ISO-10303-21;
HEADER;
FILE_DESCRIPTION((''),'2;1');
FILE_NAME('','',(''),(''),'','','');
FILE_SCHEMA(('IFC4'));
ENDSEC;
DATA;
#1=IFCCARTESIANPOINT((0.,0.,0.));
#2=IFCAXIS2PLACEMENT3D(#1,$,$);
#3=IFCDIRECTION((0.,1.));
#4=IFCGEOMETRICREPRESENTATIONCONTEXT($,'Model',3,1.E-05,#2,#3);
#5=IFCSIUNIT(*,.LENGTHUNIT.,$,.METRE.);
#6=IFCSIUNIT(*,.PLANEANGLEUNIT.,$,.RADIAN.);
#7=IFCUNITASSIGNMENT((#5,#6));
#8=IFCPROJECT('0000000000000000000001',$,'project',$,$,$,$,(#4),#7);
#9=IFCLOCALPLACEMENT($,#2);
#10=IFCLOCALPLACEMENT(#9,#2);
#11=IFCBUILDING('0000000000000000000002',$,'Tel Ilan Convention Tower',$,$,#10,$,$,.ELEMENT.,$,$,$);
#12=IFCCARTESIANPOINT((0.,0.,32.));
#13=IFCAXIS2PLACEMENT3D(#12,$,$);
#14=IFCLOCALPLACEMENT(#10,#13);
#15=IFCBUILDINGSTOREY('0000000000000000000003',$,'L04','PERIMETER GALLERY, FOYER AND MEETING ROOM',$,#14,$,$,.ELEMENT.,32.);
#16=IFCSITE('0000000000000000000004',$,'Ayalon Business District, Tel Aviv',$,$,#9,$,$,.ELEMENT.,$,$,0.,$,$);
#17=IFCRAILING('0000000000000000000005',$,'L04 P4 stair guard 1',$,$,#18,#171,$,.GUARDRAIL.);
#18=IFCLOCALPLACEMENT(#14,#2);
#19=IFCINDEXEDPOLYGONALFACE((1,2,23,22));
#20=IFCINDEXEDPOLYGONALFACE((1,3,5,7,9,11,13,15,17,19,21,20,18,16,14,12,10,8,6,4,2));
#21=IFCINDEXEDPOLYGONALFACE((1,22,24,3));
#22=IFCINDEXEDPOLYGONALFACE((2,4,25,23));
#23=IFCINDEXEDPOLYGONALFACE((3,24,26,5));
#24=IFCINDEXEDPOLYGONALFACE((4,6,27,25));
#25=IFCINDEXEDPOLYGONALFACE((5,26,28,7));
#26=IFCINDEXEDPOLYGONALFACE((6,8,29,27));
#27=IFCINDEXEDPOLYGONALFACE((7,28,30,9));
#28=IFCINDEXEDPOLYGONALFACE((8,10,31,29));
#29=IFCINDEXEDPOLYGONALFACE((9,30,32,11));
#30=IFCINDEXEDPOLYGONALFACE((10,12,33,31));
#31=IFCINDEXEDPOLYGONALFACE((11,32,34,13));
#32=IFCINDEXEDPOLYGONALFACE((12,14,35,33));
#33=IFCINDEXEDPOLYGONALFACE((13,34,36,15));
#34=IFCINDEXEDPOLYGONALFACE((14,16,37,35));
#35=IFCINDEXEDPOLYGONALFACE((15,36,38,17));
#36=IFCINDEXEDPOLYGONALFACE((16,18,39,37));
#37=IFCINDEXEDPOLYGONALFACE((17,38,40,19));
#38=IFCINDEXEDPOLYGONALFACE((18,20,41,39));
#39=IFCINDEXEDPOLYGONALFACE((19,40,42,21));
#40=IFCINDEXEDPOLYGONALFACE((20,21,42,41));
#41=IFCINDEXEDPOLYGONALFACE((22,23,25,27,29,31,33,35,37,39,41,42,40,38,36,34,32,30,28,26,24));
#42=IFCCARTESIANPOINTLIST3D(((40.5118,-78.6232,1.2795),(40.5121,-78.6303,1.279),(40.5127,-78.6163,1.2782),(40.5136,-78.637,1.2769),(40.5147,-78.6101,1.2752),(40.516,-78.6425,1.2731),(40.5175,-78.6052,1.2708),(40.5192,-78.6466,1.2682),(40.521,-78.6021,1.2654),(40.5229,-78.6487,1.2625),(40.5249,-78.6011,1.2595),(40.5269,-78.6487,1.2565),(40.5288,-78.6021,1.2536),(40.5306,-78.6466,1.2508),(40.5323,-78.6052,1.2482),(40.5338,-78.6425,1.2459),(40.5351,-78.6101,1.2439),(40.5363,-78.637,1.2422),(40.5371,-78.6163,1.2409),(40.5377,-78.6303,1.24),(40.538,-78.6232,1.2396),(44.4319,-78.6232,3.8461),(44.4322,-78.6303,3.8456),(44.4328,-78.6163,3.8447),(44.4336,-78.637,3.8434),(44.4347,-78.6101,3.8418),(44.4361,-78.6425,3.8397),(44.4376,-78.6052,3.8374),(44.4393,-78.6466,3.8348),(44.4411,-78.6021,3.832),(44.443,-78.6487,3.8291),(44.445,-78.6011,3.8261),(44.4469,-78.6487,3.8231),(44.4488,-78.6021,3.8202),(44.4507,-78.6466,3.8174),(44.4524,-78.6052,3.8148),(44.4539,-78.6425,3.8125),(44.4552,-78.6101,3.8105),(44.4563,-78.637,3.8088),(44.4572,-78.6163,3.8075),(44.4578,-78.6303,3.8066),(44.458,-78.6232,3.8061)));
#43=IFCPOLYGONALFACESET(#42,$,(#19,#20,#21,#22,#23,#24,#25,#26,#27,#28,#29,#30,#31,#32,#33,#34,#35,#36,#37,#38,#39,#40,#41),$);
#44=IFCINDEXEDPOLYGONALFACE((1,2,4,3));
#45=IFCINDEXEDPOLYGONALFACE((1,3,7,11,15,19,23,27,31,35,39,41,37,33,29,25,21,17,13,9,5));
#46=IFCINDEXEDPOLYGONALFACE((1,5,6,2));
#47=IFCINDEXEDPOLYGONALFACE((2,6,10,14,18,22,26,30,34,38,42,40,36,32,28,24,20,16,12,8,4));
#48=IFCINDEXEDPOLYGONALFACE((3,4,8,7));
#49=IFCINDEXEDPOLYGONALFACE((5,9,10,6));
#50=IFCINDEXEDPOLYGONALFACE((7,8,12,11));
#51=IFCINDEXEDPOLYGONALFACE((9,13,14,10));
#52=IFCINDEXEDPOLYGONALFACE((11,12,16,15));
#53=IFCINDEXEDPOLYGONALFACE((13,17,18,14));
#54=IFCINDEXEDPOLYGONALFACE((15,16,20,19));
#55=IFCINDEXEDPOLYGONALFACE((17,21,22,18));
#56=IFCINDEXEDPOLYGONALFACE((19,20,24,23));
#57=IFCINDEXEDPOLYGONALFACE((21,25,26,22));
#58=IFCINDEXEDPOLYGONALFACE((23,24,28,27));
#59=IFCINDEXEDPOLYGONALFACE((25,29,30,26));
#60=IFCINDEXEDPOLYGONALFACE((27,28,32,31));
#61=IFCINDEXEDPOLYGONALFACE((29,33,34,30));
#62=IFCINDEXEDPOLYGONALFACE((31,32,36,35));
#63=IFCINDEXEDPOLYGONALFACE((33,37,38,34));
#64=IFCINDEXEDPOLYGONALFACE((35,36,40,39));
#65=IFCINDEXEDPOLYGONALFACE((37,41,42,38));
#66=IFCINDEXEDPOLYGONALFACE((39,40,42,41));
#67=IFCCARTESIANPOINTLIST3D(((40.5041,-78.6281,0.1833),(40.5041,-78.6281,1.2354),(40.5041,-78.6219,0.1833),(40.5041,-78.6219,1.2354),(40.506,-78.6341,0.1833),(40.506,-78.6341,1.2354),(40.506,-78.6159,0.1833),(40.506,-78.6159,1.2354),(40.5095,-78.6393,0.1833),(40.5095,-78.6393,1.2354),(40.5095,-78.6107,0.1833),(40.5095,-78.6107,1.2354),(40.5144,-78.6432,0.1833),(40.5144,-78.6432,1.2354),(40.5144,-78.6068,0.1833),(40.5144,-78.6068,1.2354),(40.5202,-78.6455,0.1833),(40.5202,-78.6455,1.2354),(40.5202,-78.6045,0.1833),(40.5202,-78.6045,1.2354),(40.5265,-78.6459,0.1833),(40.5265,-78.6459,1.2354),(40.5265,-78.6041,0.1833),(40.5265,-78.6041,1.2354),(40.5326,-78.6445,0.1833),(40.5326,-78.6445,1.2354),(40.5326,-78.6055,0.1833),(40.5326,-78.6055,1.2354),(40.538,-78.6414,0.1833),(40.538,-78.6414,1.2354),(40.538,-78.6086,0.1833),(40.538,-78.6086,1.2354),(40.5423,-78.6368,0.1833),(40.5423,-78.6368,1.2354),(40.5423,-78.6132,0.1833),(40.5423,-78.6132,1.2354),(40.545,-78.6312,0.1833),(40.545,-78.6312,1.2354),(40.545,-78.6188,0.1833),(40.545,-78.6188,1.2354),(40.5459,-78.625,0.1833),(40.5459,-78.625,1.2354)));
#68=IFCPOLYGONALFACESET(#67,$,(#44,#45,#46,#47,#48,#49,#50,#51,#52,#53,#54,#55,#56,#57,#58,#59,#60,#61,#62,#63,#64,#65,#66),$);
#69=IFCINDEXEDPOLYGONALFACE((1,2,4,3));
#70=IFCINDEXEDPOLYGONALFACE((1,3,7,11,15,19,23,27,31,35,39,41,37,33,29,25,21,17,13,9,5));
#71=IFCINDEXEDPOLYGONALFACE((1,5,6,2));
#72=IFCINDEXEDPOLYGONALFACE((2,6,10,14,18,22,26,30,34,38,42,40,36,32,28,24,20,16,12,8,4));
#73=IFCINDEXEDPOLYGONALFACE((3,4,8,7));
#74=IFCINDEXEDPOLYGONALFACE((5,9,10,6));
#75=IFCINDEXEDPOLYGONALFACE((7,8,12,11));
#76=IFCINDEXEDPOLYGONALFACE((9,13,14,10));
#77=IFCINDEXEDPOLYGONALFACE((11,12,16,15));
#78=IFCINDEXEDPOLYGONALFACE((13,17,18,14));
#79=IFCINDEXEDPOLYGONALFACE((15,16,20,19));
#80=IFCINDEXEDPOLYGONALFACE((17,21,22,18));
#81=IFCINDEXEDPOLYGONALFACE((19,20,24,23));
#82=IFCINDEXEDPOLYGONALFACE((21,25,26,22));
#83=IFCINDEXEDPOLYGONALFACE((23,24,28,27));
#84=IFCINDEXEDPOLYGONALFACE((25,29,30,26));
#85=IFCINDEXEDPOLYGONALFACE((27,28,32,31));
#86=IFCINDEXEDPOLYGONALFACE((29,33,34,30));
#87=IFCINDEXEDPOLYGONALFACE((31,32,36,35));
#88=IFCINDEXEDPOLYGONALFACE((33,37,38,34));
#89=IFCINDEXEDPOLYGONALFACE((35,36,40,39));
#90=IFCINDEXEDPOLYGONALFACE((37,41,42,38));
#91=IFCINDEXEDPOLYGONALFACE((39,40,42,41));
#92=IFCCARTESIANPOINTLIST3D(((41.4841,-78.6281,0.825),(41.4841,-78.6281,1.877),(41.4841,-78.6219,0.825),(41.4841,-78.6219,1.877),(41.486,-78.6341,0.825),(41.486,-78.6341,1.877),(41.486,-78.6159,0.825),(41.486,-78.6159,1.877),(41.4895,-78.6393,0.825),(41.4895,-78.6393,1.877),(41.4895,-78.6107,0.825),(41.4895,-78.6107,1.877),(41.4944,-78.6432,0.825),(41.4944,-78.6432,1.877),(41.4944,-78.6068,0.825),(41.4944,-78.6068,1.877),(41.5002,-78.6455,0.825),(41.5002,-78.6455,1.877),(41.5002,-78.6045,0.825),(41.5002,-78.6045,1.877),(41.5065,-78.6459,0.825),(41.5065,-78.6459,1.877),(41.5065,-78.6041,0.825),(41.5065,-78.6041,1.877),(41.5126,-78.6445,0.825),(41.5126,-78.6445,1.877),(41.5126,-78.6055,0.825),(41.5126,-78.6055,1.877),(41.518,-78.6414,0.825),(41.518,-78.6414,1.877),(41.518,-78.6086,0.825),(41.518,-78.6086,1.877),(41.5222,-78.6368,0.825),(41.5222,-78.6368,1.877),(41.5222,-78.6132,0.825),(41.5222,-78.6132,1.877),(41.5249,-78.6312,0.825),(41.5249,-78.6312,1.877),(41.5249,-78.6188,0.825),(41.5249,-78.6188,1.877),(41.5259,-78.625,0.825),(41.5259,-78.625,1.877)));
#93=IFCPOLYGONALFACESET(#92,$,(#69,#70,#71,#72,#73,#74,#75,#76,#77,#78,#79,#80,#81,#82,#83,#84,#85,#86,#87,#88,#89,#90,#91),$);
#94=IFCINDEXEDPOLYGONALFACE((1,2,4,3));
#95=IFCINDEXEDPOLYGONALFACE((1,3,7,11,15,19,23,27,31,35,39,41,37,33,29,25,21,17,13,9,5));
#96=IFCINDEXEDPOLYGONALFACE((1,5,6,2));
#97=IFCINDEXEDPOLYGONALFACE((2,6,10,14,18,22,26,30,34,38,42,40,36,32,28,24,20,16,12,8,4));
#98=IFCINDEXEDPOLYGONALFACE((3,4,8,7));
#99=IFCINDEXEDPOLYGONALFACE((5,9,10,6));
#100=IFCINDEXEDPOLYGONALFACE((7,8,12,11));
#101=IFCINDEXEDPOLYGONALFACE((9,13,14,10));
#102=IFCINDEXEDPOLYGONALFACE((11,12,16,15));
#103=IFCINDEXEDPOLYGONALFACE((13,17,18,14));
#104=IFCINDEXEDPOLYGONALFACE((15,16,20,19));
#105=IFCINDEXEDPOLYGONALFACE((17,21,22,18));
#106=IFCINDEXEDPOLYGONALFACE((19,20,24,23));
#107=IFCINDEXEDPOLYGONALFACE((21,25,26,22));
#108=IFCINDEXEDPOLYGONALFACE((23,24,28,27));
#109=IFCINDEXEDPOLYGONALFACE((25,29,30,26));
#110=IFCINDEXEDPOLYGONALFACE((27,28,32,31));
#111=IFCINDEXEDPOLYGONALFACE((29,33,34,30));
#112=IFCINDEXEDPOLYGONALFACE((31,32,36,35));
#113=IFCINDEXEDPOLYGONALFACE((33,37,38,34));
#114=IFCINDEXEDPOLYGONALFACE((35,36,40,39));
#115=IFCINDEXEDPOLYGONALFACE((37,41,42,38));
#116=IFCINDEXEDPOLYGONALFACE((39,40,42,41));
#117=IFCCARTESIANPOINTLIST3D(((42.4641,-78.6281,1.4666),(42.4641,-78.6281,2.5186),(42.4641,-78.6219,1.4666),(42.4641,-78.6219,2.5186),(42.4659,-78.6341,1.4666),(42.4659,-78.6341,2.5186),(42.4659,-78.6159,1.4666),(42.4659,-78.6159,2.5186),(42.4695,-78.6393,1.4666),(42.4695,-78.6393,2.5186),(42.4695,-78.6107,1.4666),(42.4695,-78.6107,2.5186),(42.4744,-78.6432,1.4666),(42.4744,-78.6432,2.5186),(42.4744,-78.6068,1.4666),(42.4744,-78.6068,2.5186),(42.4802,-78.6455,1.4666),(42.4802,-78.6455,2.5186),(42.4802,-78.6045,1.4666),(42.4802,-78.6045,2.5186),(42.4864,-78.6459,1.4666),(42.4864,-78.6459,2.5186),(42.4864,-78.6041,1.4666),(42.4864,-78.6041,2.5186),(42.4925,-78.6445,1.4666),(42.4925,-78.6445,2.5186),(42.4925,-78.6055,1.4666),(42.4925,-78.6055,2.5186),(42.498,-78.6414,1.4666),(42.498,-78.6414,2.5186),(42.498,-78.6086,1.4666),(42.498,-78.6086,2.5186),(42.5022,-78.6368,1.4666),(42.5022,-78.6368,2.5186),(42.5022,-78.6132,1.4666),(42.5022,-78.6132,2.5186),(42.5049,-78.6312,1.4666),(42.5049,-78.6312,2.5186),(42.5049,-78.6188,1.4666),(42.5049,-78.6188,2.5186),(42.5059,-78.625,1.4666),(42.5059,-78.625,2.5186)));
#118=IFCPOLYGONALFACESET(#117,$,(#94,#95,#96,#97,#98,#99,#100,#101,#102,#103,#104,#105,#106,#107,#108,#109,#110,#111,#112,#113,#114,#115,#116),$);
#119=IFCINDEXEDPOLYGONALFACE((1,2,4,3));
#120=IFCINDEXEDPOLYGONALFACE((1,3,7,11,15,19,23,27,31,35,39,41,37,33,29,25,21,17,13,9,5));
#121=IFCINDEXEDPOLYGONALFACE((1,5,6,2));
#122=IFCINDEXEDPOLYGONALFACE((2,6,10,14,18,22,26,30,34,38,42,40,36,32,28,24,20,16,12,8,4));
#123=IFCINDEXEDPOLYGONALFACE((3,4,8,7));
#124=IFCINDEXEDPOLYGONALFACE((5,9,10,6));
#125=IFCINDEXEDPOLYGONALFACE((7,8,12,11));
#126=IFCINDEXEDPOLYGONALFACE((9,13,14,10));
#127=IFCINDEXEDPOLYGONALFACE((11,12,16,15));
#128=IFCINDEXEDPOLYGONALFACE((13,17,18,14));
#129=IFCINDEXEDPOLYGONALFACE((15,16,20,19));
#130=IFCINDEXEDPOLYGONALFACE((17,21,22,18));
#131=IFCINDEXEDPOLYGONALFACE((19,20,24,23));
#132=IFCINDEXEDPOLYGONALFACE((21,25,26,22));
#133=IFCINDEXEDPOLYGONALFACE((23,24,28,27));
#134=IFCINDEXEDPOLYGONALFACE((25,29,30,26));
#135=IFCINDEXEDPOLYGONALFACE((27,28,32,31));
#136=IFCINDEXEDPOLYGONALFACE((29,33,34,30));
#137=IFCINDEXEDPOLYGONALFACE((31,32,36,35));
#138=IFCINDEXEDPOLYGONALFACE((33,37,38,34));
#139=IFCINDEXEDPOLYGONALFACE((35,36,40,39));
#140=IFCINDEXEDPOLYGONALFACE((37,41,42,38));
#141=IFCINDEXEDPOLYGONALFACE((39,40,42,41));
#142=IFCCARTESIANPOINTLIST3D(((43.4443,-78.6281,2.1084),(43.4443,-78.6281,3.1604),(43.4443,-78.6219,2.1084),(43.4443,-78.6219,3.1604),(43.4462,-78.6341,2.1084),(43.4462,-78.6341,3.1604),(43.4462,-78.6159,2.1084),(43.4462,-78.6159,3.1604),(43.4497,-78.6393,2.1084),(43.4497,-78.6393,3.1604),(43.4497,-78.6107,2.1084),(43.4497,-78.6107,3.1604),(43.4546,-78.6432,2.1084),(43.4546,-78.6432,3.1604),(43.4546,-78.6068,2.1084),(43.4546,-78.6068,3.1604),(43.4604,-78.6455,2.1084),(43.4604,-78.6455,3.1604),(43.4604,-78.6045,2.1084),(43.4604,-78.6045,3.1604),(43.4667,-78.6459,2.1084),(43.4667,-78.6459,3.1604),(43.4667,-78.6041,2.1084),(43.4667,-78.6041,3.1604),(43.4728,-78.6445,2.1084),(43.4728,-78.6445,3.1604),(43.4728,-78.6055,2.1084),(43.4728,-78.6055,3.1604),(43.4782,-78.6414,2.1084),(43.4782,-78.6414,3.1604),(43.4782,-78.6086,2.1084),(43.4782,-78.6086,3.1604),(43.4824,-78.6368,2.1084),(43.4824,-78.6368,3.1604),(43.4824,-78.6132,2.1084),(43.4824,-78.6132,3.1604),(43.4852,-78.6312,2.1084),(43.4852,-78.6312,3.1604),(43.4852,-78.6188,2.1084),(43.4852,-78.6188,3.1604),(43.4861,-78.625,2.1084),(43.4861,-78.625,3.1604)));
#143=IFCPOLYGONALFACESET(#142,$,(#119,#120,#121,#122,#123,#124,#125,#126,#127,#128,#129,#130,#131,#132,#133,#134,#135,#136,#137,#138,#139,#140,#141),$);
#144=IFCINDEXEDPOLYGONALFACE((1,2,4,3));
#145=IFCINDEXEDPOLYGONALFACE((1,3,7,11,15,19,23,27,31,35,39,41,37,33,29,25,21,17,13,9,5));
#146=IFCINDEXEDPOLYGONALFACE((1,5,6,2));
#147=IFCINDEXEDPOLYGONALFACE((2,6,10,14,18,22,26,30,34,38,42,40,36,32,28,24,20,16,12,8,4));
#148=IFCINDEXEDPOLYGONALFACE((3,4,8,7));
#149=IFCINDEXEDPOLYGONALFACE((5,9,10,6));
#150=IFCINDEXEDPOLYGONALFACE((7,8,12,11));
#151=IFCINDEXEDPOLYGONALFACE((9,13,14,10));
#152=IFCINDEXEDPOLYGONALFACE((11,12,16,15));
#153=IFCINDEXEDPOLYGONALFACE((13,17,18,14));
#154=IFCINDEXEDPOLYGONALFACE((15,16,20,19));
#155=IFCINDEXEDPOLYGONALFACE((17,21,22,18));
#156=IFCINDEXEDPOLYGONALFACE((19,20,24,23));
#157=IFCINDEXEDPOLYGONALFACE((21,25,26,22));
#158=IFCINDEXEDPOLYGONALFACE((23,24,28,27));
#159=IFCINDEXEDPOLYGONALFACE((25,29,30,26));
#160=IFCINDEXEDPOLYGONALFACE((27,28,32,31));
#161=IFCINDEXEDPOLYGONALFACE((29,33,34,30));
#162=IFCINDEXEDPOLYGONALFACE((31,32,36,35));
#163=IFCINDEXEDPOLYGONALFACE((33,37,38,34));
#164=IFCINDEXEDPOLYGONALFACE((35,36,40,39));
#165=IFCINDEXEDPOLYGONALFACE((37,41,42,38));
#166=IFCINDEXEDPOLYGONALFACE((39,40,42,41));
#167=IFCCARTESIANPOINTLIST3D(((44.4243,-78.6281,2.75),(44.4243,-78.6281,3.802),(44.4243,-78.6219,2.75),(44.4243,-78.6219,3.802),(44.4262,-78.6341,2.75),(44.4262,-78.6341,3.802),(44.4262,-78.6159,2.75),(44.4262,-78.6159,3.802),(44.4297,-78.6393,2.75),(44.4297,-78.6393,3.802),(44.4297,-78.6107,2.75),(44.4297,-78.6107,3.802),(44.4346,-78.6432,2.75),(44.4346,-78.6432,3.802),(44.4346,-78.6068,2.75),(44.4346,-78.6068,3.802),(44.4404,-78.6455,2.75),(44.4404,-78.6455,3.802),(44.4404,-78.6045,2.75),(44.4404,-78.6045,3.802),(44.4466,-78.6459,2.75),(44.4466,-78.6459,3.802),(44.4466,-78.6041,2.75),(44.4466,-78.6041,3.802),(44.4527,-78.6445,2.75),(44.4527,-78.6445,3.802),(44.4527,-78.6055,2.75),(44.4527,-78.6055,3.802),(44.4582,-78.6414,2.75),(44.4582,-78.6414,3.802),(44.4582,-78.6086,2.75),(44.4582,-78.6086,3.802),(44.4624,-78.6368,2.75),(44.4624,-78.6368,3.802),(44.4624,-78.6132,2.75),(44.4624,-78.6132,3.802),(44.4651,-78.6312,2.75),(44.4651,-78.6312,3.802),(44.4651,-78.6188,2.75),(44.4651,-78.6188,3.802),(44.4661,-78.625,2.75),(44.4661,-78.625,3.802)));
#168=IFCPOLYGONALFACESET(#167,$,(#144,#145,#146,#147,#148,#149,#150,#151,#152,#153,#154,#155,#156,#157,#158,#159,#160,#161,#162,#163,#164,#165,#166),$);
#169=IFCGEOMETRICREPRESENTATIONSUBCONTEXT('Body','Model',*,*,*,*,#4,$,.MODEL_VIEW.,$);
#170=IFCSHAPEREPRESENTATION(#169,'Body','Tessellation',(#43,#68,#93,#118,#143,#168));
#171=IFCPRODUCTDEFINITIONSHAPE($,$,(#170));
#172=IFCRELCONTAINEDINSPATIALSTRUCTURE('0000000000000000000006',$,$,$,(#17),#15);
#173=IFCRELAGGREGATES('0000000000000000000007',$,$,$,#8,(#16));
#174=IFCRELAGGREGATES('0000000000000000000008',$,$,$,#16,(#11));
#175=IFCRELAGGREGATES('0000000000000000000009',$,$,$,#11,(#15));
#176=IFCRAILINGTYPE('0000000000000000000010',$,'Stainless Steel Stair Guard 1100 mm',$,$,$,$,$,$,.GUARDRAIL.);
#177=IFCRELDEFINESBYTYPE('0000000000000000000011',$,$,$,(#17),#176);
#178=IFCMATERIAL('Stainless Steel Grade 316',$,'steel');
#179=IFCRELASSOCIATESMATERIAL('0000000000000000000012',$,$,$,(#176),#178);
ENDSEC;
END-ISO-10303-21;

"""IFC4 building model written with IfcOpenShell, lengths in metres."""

from ifc_helpers import new_model, si_unit, direction, frame, origin, origin_2d, place, context, subcontext, project, spatial, circle, extrude, material, type_object, element, save


model = new_model("IFC4")

# Units and contexts
model_context = context("Model", 3, precision=1e-05, world=origin(), true_north=direction((0.0, 1.0)))
body_context = subcontext(model_context, "Body", "Model", "MODEL_VIEW")
ifc_project = project(units=[si_unit("LENGTHUNIT", "METRE"), si_unit("PLANEANGLEUNIT", "RADIAN")], contexts=[model_context])

# Site, building, storey
site_placement = place(None, origin())
site = spatial("IfcSite", under=ifc_project, at=site_placement, Name="Ayalon Business District, Tel Aviv", CompositionType="ELEMENT", RefElevation=0.0)
building_placement = place(site_placement, origin())
building = spatial("IfcBuilding", under=site, at=building_placement, Name="Tel Ilan Convention Tower", CompositionType="ELEMENT")
storey_placement = place(building_placement, frame((0.0, 0.0, 32.0)))
storey = spatial("IfcBuildingStorey", under=building, at=storey_placement, Name="L04", Description="PERIMETER GALLERY, FOYER AND MEETING ROOM", CompositionType="ELEMENT", Elevation=32.0)

# Railing
ifc_material_1 = material(Name="Stainless Steel Grade 316", Category="steel")
railing_type_1 = type_object("IfcRailingType", Name="Stainless Steel Stair Guard 1100 mm", PredefinedType="GUARDRAIL", material=ifc_material_1)
railing_1_placement = place(storey_placement, frame((40.5249, -78.625, 0.1833)))
element("IfcRailing", 1, at=railing_1_placement, inside=storey, type_object=railing_type_1, Name="L04 P4 stair guard 1", PredefinedType="GUARDRAIL", context=body_context, shape_type="SweptSolid", body=[
    extrude(circle(Radius=0.0239, at=origin_2d()), frame((0.0, 0.0, 1.0762), z_axis=(0.836631, 0.0, 0.547767), x_axis=(0.0, 1.0, 0.0)), (0.0, 0.0, 1.0), 4.6855),
    extrude(circle(Radius=0.021, at=origin_2d()), origin(), (0.0, 0.0, 1.0), 1.052),
    extrude(circle(Radius=0.021, at=origin_2d()), frame((0.98, 0.0, 0.6416)), (0.0, 0.0, 1.0), 1.052),
    extrude(circle(Radius=0.021, at=origin_2d()), frame((1.96, 0.0, 1.2832)), (0.0, 0.0, 1.0), 1.052),
    extrude(circle(Radius=0.021, at=origin_2d()), frame((2.9402, 0.0, 1.925)), (0.0, 0.0, 1.0), 1.052),
    extrude(circle(Radius=0.021, at=origin_2d()), frame((3.9202, 0.0, 2.5667)), (0.0, 0.0, 1.0), 1.052),
])

save(model, "model.ifc")
